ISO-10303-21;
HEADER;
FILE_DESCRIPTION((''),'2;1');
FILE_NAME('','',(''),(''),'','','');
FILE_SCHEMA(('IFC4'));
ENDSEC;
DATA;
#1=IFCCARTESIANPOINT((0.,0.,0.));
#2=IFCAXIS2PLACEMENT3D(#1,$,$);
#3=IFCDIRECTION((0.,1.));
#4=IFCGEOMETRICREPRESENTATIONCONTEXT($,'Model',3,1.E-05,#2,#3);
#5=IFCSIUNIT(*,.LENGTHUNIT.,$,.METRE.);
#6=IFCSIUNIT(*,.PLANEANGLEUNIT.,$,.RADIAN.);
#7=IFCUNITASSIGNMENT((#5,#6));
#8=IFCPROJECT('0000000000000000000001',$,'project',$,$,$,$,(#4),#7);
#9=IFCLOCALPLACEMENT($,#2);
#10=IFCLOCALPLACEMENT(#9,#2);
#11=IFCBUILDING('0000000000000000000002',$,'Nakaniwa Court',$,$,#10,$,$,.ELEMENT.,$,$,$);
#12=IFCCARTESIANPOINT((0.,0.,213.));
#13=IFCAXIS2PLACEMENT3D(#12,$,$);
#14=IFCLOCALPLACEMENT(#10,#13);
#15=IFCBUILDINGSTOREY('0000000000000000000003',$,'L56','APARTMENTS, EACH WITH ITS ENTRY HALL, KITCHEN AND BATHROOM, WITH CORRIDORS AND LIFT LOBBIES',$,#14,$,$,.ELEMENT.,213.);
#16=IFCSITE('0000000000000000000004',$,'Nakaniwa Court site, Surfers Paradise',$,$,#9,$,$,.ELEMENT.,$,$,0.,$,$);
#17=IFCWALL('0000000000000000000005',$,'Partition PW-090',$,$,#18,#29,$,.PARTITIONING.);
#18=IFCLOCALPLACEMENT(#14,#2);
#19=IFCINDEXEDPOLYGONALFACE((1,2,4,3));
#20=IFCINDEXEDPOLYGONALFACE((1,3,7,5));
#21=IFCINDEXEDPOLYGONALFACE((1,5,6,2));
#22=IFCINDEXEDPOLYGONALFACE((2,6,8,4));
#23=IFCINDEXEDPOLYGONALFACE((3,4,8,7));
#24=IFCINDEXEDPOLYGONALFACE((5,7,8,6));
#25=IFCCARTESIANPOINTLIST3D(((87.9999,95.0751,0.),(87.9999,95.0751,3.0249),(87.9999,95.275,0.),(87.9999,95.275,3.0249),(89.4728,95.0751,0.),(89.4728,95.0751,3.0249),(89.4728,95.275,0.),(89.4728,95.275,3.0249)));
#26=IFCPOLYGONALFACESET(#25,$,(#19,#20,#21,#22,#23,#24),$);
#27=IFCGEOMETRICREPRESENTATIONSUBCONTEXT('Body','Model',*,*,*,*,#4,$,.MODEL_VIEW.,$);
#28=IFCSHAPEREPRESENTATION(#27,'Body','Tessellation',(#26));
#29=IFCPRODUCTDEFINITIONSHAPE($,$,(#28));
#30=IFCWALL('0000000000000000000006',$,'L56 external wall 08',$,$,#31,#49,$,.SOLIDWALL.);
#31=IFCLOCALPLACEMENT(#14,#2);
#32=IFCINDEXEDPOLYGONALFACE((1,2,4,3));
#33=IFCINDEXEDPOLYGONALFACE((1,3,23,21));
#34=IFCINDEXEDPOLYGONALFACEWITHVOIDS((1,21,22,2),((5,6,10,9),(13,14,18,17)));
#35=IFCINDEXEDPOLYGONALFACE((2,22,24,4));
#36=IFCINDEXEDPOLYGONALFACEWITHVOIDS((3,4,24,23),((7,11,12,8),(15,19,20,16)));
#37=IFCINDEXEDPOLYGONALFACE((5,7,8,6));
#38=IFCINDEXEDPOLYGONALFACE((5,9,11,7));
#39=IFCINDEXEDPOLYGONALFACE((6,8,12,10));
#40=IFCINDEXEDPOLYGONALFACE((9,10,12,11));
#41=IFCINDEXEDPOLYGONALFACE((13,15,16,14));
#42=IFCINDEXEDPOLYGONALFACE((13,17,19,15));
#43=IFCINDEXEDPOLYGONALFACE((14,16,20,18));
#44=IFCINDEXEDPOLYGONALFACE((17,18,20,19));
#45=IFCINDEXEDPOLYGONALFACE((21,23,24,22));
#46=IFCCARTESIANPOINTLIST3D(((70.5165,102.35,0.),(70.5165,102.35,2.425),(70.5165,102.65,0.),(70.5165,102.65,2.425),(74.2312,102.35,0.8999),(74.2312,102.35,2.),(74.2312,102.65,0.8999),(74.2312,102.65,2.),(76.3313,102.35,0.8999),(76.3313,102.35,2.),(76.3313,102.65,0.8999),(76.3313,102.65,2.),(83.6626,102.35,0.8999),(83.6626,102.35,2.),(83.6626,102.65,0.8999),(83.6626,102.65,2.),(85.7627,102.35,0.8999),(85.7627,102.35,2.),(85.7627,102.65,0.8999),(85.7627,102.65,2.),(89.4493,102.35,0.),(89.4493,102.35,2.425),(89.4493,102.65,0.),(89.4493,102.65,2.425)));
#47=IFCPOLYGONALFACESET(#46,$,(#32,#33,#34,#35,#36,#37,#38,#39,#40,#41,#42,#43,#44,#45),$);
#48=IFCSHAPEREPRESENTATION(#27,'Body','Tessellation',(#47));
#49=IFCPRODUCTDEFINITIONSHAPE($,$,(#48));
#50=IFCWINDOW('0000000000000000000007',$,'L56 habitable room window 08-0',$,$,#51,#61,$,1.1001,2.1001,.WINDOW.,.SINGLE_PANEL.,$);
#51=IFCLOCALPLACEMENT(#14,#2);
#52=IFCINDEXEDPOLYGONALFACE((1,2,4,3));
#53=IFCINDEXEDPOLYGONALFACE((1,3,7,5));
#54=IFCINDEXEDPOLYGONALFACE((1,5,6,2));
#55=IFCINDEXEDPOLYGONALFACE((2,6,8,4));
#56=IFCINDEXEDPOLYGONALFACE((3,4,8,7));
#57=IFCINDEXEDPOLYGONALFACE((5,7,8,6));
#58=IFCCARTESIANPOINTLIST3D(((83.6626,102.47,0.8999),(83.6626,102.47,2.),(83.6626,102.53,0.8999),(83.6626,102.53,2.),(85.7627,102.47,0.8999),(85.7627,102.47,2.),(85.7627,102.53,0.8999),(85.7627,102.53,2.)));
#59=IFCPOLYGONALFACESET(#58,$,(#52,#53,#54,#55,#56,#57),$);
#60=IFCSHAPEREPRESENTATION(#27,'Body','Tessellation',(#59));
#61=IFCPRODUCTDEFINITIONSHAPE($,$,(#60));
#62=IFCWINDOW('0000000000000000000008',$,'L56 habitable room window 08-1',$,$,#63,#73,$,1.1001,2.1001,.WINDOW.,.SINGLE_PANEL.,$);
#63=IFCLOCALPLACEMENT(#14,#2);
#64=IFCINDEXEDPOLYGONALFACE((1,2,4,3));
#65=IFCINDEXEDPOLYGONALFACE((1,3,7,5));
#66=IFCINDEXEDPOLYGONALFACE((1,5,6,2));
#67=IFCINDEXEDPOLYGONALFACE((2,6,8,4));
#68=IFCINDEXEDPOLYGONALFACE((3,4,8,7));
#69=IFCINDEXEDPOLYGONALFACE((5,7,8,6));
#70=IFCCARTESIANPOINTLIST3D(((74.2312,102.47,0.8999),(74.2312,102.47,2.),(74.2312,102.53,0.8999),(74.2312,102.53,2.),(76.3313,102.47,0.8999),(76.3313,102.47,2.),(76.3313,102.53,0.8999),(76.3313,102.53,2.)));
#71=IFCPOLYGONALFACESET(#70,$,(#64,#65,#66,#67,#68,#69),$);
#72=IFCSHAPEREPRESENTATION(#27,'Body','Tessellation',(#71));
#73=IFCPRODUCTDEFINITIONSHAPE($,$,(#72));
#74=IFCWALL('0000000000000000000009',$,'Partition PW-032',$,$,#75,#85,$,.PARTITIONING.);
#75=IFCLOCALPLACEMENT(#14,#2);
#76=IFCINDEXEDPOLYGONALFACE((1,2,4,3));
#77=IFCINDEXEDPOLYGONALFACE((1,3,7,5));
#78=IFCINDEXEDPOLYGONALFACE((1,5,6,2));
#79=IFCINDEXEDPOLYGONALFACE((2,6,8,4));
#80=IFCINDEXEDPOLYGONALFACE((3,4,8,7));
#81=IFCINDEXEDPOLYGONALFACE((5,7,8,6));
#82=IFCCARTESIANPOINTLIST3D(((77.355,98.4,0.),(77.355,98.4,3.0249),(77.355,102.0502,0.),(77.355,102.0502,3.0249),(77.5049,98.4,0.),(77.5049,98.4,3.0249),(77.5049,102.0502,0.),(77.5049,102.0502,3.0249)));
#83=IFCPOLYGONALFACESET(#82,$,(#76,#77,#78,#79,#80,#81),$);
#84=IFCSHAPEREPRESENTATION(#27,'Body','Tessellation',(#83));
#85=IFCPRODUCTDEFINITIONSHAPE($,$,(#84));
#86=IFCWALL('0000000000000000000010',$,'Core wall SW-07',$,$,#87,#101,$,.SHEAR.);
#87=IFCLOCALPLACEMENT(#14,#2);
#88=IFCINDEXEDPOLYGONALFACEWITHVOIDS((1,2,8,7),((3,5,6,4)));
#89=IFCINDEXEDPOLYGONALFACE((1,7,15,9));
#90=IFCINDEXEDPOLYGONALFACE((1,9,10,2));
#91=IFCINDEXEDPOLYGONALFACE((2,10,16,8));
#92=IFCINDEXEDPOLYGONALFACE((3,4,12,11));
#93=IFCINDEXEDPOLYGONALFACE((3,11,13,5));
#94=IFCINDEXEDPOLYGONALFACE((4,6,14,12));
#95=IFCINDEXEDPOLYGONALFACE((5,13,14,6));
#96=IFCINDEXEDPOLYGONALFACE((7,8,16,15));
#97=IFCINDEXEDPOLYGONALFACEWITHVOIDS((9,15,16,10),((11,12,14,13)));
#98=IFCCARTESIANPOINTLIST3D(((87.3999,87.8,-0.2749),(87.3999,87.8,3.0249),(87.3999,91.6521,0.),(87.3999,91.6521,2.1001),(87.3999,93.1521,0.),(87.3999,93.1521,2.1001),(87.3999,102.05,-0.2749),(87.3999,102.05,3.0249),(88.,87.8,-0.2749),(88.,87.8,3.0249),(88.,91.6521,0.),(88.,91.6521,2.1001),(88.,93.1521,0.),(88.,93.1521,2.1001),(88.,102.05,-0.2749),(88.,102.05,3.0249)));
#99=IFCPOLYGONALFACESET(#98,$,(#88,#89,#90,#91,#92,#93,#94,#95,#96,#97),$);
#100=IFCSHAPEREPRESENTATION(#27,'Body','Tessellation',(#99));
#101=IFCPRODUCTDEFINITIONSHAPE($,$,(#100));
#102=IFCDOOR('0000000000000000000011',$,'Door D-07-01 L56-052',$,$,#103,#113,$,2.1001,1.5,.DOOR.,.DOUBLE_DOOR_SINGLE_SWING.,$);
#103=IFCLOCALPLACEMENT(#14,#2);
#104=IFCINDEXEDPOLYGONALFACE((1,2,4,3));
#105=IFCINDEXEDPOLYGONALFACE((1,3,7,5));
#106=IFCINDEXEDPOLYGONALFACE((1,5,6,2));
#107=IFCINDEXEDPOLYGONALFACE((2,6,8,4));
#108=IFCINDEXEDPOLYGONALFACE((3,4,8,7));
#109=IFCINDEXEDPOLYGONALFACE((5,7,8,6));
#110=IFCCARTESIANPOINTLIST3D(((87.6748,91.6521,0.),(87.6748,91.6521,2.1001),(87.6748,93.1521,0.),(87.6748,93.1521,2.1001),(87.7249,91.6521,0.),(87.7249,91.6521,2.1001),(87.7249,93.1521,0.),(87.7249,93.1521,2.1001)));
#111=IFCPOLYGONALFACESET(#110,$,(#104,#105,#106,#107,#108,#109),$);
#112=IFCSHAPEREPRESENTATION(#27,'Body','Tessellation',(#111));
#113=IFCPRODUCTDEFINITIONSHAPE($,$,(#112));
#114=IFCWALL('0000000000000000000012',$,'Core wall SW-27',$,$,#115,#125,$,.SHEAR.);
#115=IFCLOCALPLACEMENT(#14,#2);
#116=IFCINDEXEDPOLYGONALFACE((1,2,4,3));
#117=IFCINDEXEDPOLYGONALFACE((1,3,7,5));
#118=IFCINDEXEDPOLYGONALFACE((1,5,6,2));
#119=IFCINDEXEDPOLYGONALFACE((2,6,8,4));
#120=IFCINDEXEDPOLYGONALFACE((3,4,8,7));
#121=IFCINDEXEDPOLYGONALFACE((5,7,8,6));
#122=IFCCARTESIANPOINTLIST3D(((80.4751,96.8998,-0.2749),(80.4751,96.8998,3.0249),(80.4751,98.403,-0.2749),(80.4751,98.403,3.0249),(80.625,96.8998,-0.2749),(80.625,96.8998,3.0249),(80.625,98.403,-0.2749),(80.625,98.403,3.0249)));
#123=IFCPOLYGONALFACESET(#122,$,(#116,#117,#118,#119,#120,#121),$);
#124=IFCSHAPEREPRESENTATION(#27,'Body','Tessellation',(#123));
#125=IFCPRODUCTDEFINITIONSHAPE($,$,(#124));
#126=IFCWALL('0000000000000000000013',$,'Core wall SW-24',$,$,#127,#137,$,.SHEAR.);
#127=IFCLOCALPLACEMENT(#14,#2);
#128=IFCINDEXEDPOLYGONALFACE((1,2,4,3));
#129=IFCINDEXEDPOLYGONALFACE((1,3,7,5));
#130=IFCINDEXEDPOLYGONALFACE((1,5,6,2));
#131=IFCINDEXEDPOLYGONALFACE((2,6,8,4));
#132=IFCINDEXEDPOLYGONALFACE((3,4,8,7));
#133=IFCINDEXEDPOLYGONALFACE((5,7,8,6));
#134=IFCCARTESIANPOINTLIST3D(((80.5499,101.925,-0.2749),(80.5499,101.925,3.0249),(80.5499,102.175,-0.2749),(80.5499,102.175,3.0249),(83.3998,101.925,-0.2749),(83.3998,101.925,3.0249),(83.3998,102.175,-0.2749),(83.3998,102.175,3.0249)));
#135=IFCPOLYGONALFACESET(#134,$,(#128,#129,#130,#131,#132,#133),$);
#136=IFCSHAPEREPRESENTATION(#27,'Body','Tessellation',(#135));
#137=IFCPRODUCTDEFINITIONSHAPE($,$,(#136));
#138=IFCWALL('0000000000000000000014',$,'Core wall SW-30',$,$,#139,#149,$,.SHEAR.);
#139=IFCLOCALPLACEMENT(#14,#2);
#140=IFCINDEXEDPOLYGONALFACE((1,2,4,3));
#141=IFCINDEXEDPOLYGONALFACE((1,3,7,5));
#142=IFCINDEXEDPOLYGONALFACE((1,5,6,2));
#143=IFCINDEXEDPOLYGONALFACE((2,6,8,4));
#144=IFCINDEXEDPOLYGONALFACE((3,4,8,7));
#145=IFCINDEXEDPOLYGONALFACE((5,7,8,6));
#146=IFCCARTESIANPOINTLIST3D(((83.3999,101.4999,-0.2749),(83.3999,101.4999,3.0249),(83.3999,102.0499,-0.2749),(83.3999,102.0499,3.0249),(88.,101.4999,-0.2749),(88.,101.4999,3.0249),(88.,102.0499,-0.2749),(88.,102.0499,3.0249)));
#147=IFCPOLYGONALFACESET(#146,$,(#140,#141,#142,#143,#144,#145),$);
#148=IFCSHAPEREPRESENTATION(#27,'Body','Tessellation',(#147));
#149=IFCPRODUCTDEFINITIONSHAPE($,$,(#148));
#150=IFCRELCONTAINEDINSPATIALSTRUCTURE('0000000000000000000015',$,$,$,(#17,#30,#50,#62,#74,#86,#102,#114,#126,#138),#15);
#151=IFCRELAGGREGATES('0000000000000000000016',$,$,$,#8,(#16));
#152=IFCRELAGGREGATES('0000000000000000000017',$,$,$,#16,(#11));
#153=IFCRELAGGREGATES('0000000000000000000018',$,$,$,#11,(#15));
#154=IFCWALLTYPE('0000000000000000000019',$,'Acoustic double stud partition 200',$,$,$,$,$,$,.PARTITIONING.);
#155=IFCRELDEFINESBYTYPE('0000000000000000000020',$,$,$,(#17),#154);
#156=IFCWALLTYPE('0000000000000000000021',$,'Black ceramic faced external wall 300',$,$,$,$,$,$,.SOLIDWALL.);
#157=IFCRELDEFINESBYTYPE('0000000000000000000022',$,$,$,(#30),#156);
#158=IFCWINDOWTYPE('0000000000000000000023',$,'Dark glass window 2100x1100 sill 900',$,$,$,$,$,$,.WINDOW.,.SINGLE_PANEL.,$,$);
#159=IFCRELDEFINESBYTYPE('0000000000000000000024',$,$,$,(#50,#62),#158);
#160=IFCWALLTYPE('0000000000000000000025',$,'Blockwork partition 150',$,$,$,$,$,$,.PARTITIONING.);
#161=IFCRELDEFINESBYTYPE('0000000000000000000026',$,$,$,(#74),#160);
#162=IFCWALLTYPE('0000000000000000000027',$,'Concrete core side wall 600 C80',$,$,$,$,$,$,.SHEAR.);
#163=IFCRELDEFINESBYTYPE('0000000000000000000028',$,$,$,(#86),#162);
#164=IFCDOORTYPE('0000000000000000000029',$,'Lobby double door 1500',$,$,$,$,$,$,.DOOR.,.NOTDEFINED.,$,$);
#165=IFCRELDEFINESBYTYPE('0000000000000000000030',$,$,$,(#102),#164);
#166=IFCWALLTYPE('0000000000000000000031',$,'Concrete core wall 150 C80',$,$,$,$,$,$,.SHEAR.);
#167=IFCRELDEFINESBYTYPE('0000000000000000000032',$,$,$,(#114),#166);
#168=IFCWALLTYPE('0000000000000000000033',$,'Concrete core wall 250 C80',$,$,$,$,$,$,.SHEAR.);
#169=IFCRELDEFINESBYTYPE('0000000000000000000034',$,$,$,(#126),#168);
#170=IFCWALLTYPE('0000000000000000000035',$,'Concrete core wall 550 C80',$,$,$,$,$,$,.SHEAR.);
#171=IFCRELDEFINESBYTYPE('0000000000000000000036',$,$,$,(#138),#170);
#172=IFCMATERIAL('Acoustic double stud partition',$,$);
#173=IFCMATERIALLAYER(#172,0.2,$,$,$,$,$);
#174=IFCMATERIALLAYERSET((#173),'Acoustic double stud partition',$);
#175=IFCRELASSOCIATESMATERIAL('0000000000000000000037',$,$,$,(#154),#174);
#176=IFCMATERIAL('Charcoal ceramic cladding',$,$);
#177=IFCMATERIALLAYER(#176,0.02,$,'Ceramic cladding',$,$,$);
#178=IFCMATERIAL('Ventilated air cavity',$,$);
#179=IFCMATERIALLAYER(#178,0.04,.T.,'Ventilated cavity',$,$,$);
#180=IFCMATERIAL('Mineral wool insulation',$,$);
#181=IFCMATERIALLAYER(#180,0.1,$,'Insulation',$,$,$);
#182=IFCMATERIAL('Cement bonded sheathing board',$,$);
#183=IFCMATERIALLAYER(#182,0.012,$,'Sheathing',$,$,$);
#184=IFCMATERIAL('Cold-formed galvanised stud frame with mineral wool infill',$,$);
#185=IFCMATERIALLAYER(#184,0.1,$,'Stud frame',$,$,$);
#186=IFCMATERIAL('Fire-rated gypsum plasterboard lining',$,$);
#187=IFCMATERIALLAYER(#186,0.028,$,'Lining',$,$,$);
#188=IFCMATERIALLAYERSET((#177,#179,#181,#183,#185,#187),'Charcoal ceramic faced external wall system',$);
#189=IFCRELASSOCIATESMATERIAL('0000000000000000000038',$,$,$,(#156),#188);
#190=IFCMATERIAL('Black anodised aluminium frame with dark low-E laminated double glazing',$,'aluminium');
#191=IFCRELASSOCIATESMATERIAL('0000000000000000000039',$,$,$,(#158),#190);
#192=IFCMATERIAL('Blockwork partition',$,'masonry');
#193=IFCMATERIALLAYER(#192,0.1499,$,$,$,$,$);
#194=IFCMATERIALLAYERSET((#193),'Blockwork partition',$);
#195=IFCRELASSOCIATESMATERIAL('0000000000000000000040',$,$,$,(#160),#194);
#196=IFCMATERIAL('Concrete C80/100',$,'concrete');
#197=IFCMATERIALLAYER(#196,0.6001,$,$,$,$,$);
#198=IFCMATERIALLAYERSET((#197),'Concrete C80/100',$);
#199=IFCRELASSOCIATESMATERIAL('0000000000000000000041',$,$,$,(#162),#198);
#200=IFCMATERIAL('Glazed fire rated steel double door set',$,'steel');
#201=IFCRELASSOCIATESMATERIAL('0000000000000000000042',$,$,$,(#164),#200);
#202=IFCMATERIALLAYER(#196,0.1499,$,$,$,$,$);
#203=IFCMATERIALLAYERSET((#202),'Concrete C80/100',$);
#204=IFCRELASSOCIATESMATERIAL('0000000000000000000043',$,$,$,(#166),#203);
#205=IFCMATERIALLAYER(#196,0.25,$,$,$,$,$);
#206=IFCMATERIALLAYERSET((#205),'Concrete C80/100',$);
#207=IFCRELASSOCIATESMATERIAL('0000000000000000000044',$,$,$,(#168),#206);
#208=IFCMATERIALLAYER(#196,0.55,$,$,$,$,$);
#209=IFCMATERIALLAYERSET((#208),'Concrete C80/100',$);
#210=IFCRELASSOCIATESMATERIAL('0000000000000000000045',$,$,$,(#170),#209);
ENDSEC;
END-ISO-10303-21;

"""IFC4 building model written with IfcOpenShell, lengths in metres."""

from ifc_helpers import new_model, si_unit, direction, frame, frame_2d, origin, place, context, subcontext, project, spatial, rectangle, extrude, material, layer, layer_set, type_object, element, fill, save


model = new_model("IFC4")

# Units and contexts
model_context = context("Model", 3, precision=1e-05, world=origin(), true_north=direction((0.0, 1.0)))
body_context = subcontext(model_context, "Body", "Model", "MODEL_VIEW")
ifc_project = project(units=[si_unit("LENGTHUNIT", "METRE"), si_unit("PLANEANGLEUNIT", "RADIAN")], contexts=[model_context])

# Site, building, storey
site_placement = place(None, origin())
site = spatial("IfcSite", under=ifc_project, at=site_placement, Name="Nakaniwa Court site, Surfers Paradise", CompositionType="ELEMENT", RefElevation=0.0)
building_placement = place(site_placement, origin())
building = spatial("IfcBuilding", under=site, at=building_placement, Name="Nakaniwa Court", CompositionType="ELEMENT")
storey_placement = place(building_placement, frame((0.0, 0.0, 213.0)))
storey = spatial("IfcBuildingStorey", under=building, at=storey_placement, Name="L56", Description="APARTMENTS, EACH WITH ITS ENTRY HALL, KITCHEN AND BATHROOM, WITH CORRIDORS AND LIFT LOBBIES", CompositionType="ELEMENT", Elevation=213.0)

# Wall
ifc_material_1 = material(Name="Acoustic double stud partition")
ifc_layer_1 = layer(ifc_material_1, 0.2)
ifc_layer_set_1 = layer_set([ifc_layer_1], Name="Acoustic double stud partition")
wall_type_1 = type_object("IfcWallType", Name="Acoustic double stud partition 200", PredefinedType="PARTITIONING", material=ifc_layer_set_1)
wall_1_placement = place(storey_placement, frame((88.0, 95.175, 0.0), z_axis=(0.0, 0.0, 1.0), x_axis=(1.0, 0.0, 0.0)))
element("IfcWall", 1, at=wall_1_placement, inside=storey, type_object=wall_type_1, Name="Partition PW-090", PredefinedType="PARTITIONING", context=body_context, shape_type="SweptSolid", body=[
    extrude(rectangle(XDim=1.4729, YDim=0.2, at=frame_2d((0.7363, 0.0))), origin(), (0.0, 0.0, 1.0), 3.0249),
])

# Wall, openings, windows
ifc_material_2 = material(Name="Charcoal ceramic cladding")
ifc_layer_2 = layer(ifc_material_2, 0.02, Name="Ceramic cladding")
ifc_material_3 = material(Name="Ventilated air cavity")
ifc_layer_3 = layer(ifc_material_3, 0.04, ventilated=True, Name="Ventilated cavity")
ifc_material_4 = material(Name="Mineral wool insulation")
ifc_layer_4 = layer(ifc_material_4, 0.1, Name="Insulation")
ifc_material_5 = material(Name="Cement bonded sheathing board")
ifc_layer_5 = layer(ifc_material_5, 0.012, Name="Sheathing")
ifc_material_6 = material(Name="Cold-formed galvanised stud frame with mineral wool infill")
ifc_layer_6 = layer(ifc_material_6, 0.1, Name="Stud frame")
ifc_material_7 = material(Name="Fire-rated gypsum plasterboard lining")
ifc_layer_7 = layer(ifc_material_7, 0.028, Name="Lining")
ifc_layer_set_2 = layer_set([ifc_layer_2, ifc_layer_3, ifc_layer_4, ifc_layer_5, ifc_layer_6, ifc_layer_7], Name="Charcoal ceramic faced external wall system")
wall_type_2 = type_object("IfcWallType", Name="Black ceramic faced external wall 300", PredefinedType="SOLIDWALL", material=ifc_layer_set_2)
wall_2_placement = place(storey_placement, frame((89.4492, 102.5, 0.0), z_axis=(0.0, 0.0, 1.0), x_axis=(-1.0, 0.0, 0.0)))
wall_2 = element("IfcWall", 2, at=wall_2_placement, inside=storey, type_object=wall_type_2, Name="L56 external wall 08", PredefinedType="SOLIDWALL", context=body_context, shape_type="SweptSolid", body=[
    extrude(rectangle(XDim=18.9329, YDim=0.3, at=frame_2d((9.4663, 0.0))), origin(), (0.0, 0.0, 1.0), 2.425),
])
opening_1_placement = place(wall_2_placement, frame((3.6865, 0.0, 0.8999)))
opening_1 = element("IfcOpeningElement", 3, at=opening_1_placement, cuts=wall_2, PredefinedType="OPENING", context=body_context, shape_type="SweptSolid", body=[
    extrude(rectangle(XDim=2.1001, YDim=1.1001, at=frame_2d((1.05, 0.55))), frame((0.0, 0.1599, 0.0), z_axis=(0.0, -1.0, 0.0), x_axis=(1.0, 0.0, 0.0)), (0.0, 0.0, 1.0), 0.3201),
])
opening_2_placement = place(wall_2_placement, frame((13.1179, 0.0, 0.8999)))
opening_2 = element("IfcOpeningElement", 4, at=opening_2_placement, cuts=wall_2, PredefinedType="OPENING", context=body_context, shape_type="SweptSolid", body=[
    extrude(rectangle(XDim=2.1001, YDim=1.1001, at=frame_2d((1.05, 0.55))), frame((0.0, 0.1599, 0.0), z_axis=(0.0, -1.0, 0.0), x_axis=(1.0, 0.0, 0.0)), (0.0, 0.0, 1.0), 0.3201),
])
ifc_material_8 = material(Name="Black anodised aluminium frame with dark low-E laminated double glazing", Category="aluminium")
window_type = type_object("IfcWindowType", Name="Dark glass window 2100x1100 sill 900", PartitioningType="SINGLE_PANEL", PredefinedType="WINDOW", material=ifc_material_8)
window_1_placement = place(opening_1_placement, origin())
window_1 = element("IfcWindow", 5, at=window_1_placement, inside=storey, type_object=window_type, Name="L56 habitable room window 08-0", OverallHeight=1.1001, OverallWidth=2.1001, PartitioningType="SINGLE_PANEL", PredefinedType="WINDOW", context=body_context, shape_type="SweptSolid", body=[
    extrude(rectangle(XDim=2.1001, YDim=1.1001, at=frame_2d((1.05, 0.55))), frame((0.0, 0.03, 0.0), z_axis=(0.0, -1.0, 0.0), x_axis=(1.0, 0.0, 0.0)), (0.0, 0.0, 1.0), 0.0601),
])
fill(opening_1, window_1)
window_2_placement = place(opening_2_placement, origin())
window_2 = element("IfcWindow", 6, at=window_2_placement, inside=storey, type_object=window_type, Name="L56 habitable room window 08-1", OverallHeight=1.1001, OverallWidth=2.1001, PartitioningType="SINGLE_PANEL", PredefinedType="WINDOW", context=body_context, shape_type="SweptSolid", body=[
    extrude(rectangle(XDim=2.1001, YDim=1.1001, at=frame_2d((1.05, 0.55))), frame((0.0, 0.03, 0.0), z_axis=(0.0, -1.0, 0.0), x_axis=(1.0, 0.0, 0.0)), (0.0, 0.0, 1.0), 0.0601),
])
fill(opening_2, window_2)

# Wall
ifc_material_9 = material(Name="Blockwork partition", Category="masonry")
ifc_layer_8 = layer(ifc_material_9, 0.1499)
ifc_layer_set_3 = layer_set([ifc_layer_8], Name="Blockwork partition")
wall_type_3 = type_object("IfcWallType", Name="Blockwork partition 150", PredefinedType="PARTITIONING", material=ifc_layer_set_3)
wall_3_placement = place(storey_placement, frame((77.4299, 98.3999, 0.0), z_axis=(0.0, 0.0, 1.0), x_axis=(0.0, 1.0, 0.0)))
element("IfcWall", 7, at=wall_3_placement, inside=storey, type_object=wall_type_3, Name="Partition PW-032", PredefinedType="PARTITIONING", context=body_context, shape_type="SweptSolid", body=[
    extrude(rectangle(XDim=3.6501, YDim=0.1499, at=frame_2d((1.8252, 0.0))), origin(), (0.0, 0.0, 1.0), 3.0249),
])

# Wall, opening, door
ifc_material_10 = material(Name="Concrete C80/100", Category="concrete")
ifc_layer_9 = layer(ifc_material_10, 0.6001)
ifc_layer_set_4 = layer_set([ifc_layer_9], Name="Concrete C80/100")
wall_type_4 = type_object("IfcWallType", Name="Concrete core side wall 600 C80", PredefinedType="SHEAR", material=ifc_layer_set_4)
wall_4_placement = place(storey_placement, frame((87.7, 102.05, -0.2749), z_axis=(0.0, 0.0, 1.0), x_axis=(0.0, -1.0, 0.0)))
wall_4 = element("IfcWall", 8, at=wall_4_placement, inside=storey, type_object=wall_type_4, Name="Core wall SW-07", PredefinedType="SHEAR", context=body_context, shape_type="SweptSolid", body=[
    extrude(rectangle(XDim=14.25, YDim=0.6001, at=frame_2d((7.125, 0.0))), origin(), (0.0, 0.0, 1.0), 3.2998),
])
opening_3_placement = place(wall_4_placement, frame((8.8979, 0.0, 0.2749)))
opening_3 = element("IfcOpeningElement", 9, at=opening_3_placement, cuts=wall_4, PredefinedType="OPENING", context=body_context, shape_type="SweptSolid", body=[
    extrude(rectangle(XDim=1.5, YDim=2.1001, at=frame_2d((0.75, 1.05))), frame((0.0, 0.3101, 0.0), z_axis=(0.0, -1.0, 0.0), x_axis=(1.0, 0.0, 0.0)), (0.0, 0.0, 1.0), 0.6201),
])
ifc_material_11 = material(Name="Glazed fire rated steel double door set", Category="steel")
door_type_1 = type_object("IfcDoorType", Name="Lobby double door 1500", OperationType="NOTDEFINED", PredefinedType="DOOR", material=ifc_material_11)
door_1_placement = place(opening_3_placement, origin())
door_1 = element("IfcDoor", 10, at=door_1_placement, inside=storey, type_object=door_type_1, Name="Door D-07-01 L56-052", OperationType="DOUBLE_DOOR_SINGLE_SWING", OverallHeight=2.1001, OverallWidth=1.5, PredefinedType="DOOR", context=body_context, shape_type="SweptSolid", body=[
    extrude(rectangle(XDim=1.5, YDim=2.1001, at=frame_2d((0.75, 1.05))), frame((0.0, 0.0249, 0.0), z_axis=(0.0, -1.0, 0.0), x_axis=(1.0, 0.0, 0.0)), (0.0, 0.0, 1.0), 0.05),
])
fill(opening_3, door_1)

# Walls
ifc_layer_10 = layer(ifc_material_10, 0.1499)
ifc_layer_set_5 = layer_set([ifc_layer_10], Name="Concrete C80/100")
wall_type_5 = type_object("IfcWallType", Name="Concrete core wall 150 C80", PredefinedType="SHEAR", material=ifc_layer_set_5)
wall_5_placement = place(storey_placement, frame((80.55, 96.8999, -0.2749), z_axis=(0.0, 0.0, 1.0), x_axis=(0.0, 1.0, 0.0)))
element("IfcWall", 11, at=wall_5_placement, inside=storey, type_object=wall_type_5, Name="Core wall SW-27", PredefinedType="SHEAR", context=body_context, shape_type="SweptSolid", body=[
    extrude(rectangle(XDim=1.5032, YDim=0.1499, at=frame_2d((0.7515, 0.0))), origin(), (0.0, 0.0, 1.0), 3.2998),
])
ifc_layer_11 = layer(ifc_material_10, 0.25)
ifc_layer_set_6 = layer_set([ifc_layer_11], Name="Concrete C80/100")
wall_type_6 = type_object("IfcWallType", Name="Concrete core wall 250 C80", PredefinedType="SHEAR", material=ifc_layer_set_6)
wall_6_placement = place(storey_placement, frame((80.55, 102.05, -0.2749), z_axis=(0.0, 0.0, 1.0), x_axis=(1.0, 0.0, 0.0)))
element("IfcWall", 12, at=wall_6_placement, inside=storey, type_object=wall_type_6, Name="Core wall SW-24", PredefinedType="SHEAR", context=body_context, shape_type="SweptSolid", body=[
    extrude(rectangle(XDim=2.8499, YDim=0.25, at=frame_2d((1.4248, 0.0))), origin(), (0.0, 0.0, 1.0), 3.2998),
])
ifc_layer_12 = layer(ifc_material_10, 0.55)
ifc_layer_set_7 = layer_set([ifc_layer_12], Name="Concrete C80/100")
wall_type_7 = type_object("IfcWallType", Name="Concrete core wall 550 C80", PredefinedType="SHEAR", material=ifc_layer_set_7)
wall_7_placement = place(storey_placement, frame((83.3999, 101.7749, -0.2749), z_axis=(0.0, 0.0, 1.0), x_axis=(1.0, 0.0, 0.0)))
element("IfcWall", 13, at=wall_7_placement, inside=storey, type_object=wall_type_7, Name="Core wall SW-30", PredefinedType="SHEAR", context=body_context, shape_type="SweptSolid", body=[
    extrude(rectangle(XDim=4.6001, YDim=0.55, at=frame_2d((2.3, 0.0))), origin(), (0.0, 0.0, 1.0), 3.2998),
])

save(model, "model.ifc")
